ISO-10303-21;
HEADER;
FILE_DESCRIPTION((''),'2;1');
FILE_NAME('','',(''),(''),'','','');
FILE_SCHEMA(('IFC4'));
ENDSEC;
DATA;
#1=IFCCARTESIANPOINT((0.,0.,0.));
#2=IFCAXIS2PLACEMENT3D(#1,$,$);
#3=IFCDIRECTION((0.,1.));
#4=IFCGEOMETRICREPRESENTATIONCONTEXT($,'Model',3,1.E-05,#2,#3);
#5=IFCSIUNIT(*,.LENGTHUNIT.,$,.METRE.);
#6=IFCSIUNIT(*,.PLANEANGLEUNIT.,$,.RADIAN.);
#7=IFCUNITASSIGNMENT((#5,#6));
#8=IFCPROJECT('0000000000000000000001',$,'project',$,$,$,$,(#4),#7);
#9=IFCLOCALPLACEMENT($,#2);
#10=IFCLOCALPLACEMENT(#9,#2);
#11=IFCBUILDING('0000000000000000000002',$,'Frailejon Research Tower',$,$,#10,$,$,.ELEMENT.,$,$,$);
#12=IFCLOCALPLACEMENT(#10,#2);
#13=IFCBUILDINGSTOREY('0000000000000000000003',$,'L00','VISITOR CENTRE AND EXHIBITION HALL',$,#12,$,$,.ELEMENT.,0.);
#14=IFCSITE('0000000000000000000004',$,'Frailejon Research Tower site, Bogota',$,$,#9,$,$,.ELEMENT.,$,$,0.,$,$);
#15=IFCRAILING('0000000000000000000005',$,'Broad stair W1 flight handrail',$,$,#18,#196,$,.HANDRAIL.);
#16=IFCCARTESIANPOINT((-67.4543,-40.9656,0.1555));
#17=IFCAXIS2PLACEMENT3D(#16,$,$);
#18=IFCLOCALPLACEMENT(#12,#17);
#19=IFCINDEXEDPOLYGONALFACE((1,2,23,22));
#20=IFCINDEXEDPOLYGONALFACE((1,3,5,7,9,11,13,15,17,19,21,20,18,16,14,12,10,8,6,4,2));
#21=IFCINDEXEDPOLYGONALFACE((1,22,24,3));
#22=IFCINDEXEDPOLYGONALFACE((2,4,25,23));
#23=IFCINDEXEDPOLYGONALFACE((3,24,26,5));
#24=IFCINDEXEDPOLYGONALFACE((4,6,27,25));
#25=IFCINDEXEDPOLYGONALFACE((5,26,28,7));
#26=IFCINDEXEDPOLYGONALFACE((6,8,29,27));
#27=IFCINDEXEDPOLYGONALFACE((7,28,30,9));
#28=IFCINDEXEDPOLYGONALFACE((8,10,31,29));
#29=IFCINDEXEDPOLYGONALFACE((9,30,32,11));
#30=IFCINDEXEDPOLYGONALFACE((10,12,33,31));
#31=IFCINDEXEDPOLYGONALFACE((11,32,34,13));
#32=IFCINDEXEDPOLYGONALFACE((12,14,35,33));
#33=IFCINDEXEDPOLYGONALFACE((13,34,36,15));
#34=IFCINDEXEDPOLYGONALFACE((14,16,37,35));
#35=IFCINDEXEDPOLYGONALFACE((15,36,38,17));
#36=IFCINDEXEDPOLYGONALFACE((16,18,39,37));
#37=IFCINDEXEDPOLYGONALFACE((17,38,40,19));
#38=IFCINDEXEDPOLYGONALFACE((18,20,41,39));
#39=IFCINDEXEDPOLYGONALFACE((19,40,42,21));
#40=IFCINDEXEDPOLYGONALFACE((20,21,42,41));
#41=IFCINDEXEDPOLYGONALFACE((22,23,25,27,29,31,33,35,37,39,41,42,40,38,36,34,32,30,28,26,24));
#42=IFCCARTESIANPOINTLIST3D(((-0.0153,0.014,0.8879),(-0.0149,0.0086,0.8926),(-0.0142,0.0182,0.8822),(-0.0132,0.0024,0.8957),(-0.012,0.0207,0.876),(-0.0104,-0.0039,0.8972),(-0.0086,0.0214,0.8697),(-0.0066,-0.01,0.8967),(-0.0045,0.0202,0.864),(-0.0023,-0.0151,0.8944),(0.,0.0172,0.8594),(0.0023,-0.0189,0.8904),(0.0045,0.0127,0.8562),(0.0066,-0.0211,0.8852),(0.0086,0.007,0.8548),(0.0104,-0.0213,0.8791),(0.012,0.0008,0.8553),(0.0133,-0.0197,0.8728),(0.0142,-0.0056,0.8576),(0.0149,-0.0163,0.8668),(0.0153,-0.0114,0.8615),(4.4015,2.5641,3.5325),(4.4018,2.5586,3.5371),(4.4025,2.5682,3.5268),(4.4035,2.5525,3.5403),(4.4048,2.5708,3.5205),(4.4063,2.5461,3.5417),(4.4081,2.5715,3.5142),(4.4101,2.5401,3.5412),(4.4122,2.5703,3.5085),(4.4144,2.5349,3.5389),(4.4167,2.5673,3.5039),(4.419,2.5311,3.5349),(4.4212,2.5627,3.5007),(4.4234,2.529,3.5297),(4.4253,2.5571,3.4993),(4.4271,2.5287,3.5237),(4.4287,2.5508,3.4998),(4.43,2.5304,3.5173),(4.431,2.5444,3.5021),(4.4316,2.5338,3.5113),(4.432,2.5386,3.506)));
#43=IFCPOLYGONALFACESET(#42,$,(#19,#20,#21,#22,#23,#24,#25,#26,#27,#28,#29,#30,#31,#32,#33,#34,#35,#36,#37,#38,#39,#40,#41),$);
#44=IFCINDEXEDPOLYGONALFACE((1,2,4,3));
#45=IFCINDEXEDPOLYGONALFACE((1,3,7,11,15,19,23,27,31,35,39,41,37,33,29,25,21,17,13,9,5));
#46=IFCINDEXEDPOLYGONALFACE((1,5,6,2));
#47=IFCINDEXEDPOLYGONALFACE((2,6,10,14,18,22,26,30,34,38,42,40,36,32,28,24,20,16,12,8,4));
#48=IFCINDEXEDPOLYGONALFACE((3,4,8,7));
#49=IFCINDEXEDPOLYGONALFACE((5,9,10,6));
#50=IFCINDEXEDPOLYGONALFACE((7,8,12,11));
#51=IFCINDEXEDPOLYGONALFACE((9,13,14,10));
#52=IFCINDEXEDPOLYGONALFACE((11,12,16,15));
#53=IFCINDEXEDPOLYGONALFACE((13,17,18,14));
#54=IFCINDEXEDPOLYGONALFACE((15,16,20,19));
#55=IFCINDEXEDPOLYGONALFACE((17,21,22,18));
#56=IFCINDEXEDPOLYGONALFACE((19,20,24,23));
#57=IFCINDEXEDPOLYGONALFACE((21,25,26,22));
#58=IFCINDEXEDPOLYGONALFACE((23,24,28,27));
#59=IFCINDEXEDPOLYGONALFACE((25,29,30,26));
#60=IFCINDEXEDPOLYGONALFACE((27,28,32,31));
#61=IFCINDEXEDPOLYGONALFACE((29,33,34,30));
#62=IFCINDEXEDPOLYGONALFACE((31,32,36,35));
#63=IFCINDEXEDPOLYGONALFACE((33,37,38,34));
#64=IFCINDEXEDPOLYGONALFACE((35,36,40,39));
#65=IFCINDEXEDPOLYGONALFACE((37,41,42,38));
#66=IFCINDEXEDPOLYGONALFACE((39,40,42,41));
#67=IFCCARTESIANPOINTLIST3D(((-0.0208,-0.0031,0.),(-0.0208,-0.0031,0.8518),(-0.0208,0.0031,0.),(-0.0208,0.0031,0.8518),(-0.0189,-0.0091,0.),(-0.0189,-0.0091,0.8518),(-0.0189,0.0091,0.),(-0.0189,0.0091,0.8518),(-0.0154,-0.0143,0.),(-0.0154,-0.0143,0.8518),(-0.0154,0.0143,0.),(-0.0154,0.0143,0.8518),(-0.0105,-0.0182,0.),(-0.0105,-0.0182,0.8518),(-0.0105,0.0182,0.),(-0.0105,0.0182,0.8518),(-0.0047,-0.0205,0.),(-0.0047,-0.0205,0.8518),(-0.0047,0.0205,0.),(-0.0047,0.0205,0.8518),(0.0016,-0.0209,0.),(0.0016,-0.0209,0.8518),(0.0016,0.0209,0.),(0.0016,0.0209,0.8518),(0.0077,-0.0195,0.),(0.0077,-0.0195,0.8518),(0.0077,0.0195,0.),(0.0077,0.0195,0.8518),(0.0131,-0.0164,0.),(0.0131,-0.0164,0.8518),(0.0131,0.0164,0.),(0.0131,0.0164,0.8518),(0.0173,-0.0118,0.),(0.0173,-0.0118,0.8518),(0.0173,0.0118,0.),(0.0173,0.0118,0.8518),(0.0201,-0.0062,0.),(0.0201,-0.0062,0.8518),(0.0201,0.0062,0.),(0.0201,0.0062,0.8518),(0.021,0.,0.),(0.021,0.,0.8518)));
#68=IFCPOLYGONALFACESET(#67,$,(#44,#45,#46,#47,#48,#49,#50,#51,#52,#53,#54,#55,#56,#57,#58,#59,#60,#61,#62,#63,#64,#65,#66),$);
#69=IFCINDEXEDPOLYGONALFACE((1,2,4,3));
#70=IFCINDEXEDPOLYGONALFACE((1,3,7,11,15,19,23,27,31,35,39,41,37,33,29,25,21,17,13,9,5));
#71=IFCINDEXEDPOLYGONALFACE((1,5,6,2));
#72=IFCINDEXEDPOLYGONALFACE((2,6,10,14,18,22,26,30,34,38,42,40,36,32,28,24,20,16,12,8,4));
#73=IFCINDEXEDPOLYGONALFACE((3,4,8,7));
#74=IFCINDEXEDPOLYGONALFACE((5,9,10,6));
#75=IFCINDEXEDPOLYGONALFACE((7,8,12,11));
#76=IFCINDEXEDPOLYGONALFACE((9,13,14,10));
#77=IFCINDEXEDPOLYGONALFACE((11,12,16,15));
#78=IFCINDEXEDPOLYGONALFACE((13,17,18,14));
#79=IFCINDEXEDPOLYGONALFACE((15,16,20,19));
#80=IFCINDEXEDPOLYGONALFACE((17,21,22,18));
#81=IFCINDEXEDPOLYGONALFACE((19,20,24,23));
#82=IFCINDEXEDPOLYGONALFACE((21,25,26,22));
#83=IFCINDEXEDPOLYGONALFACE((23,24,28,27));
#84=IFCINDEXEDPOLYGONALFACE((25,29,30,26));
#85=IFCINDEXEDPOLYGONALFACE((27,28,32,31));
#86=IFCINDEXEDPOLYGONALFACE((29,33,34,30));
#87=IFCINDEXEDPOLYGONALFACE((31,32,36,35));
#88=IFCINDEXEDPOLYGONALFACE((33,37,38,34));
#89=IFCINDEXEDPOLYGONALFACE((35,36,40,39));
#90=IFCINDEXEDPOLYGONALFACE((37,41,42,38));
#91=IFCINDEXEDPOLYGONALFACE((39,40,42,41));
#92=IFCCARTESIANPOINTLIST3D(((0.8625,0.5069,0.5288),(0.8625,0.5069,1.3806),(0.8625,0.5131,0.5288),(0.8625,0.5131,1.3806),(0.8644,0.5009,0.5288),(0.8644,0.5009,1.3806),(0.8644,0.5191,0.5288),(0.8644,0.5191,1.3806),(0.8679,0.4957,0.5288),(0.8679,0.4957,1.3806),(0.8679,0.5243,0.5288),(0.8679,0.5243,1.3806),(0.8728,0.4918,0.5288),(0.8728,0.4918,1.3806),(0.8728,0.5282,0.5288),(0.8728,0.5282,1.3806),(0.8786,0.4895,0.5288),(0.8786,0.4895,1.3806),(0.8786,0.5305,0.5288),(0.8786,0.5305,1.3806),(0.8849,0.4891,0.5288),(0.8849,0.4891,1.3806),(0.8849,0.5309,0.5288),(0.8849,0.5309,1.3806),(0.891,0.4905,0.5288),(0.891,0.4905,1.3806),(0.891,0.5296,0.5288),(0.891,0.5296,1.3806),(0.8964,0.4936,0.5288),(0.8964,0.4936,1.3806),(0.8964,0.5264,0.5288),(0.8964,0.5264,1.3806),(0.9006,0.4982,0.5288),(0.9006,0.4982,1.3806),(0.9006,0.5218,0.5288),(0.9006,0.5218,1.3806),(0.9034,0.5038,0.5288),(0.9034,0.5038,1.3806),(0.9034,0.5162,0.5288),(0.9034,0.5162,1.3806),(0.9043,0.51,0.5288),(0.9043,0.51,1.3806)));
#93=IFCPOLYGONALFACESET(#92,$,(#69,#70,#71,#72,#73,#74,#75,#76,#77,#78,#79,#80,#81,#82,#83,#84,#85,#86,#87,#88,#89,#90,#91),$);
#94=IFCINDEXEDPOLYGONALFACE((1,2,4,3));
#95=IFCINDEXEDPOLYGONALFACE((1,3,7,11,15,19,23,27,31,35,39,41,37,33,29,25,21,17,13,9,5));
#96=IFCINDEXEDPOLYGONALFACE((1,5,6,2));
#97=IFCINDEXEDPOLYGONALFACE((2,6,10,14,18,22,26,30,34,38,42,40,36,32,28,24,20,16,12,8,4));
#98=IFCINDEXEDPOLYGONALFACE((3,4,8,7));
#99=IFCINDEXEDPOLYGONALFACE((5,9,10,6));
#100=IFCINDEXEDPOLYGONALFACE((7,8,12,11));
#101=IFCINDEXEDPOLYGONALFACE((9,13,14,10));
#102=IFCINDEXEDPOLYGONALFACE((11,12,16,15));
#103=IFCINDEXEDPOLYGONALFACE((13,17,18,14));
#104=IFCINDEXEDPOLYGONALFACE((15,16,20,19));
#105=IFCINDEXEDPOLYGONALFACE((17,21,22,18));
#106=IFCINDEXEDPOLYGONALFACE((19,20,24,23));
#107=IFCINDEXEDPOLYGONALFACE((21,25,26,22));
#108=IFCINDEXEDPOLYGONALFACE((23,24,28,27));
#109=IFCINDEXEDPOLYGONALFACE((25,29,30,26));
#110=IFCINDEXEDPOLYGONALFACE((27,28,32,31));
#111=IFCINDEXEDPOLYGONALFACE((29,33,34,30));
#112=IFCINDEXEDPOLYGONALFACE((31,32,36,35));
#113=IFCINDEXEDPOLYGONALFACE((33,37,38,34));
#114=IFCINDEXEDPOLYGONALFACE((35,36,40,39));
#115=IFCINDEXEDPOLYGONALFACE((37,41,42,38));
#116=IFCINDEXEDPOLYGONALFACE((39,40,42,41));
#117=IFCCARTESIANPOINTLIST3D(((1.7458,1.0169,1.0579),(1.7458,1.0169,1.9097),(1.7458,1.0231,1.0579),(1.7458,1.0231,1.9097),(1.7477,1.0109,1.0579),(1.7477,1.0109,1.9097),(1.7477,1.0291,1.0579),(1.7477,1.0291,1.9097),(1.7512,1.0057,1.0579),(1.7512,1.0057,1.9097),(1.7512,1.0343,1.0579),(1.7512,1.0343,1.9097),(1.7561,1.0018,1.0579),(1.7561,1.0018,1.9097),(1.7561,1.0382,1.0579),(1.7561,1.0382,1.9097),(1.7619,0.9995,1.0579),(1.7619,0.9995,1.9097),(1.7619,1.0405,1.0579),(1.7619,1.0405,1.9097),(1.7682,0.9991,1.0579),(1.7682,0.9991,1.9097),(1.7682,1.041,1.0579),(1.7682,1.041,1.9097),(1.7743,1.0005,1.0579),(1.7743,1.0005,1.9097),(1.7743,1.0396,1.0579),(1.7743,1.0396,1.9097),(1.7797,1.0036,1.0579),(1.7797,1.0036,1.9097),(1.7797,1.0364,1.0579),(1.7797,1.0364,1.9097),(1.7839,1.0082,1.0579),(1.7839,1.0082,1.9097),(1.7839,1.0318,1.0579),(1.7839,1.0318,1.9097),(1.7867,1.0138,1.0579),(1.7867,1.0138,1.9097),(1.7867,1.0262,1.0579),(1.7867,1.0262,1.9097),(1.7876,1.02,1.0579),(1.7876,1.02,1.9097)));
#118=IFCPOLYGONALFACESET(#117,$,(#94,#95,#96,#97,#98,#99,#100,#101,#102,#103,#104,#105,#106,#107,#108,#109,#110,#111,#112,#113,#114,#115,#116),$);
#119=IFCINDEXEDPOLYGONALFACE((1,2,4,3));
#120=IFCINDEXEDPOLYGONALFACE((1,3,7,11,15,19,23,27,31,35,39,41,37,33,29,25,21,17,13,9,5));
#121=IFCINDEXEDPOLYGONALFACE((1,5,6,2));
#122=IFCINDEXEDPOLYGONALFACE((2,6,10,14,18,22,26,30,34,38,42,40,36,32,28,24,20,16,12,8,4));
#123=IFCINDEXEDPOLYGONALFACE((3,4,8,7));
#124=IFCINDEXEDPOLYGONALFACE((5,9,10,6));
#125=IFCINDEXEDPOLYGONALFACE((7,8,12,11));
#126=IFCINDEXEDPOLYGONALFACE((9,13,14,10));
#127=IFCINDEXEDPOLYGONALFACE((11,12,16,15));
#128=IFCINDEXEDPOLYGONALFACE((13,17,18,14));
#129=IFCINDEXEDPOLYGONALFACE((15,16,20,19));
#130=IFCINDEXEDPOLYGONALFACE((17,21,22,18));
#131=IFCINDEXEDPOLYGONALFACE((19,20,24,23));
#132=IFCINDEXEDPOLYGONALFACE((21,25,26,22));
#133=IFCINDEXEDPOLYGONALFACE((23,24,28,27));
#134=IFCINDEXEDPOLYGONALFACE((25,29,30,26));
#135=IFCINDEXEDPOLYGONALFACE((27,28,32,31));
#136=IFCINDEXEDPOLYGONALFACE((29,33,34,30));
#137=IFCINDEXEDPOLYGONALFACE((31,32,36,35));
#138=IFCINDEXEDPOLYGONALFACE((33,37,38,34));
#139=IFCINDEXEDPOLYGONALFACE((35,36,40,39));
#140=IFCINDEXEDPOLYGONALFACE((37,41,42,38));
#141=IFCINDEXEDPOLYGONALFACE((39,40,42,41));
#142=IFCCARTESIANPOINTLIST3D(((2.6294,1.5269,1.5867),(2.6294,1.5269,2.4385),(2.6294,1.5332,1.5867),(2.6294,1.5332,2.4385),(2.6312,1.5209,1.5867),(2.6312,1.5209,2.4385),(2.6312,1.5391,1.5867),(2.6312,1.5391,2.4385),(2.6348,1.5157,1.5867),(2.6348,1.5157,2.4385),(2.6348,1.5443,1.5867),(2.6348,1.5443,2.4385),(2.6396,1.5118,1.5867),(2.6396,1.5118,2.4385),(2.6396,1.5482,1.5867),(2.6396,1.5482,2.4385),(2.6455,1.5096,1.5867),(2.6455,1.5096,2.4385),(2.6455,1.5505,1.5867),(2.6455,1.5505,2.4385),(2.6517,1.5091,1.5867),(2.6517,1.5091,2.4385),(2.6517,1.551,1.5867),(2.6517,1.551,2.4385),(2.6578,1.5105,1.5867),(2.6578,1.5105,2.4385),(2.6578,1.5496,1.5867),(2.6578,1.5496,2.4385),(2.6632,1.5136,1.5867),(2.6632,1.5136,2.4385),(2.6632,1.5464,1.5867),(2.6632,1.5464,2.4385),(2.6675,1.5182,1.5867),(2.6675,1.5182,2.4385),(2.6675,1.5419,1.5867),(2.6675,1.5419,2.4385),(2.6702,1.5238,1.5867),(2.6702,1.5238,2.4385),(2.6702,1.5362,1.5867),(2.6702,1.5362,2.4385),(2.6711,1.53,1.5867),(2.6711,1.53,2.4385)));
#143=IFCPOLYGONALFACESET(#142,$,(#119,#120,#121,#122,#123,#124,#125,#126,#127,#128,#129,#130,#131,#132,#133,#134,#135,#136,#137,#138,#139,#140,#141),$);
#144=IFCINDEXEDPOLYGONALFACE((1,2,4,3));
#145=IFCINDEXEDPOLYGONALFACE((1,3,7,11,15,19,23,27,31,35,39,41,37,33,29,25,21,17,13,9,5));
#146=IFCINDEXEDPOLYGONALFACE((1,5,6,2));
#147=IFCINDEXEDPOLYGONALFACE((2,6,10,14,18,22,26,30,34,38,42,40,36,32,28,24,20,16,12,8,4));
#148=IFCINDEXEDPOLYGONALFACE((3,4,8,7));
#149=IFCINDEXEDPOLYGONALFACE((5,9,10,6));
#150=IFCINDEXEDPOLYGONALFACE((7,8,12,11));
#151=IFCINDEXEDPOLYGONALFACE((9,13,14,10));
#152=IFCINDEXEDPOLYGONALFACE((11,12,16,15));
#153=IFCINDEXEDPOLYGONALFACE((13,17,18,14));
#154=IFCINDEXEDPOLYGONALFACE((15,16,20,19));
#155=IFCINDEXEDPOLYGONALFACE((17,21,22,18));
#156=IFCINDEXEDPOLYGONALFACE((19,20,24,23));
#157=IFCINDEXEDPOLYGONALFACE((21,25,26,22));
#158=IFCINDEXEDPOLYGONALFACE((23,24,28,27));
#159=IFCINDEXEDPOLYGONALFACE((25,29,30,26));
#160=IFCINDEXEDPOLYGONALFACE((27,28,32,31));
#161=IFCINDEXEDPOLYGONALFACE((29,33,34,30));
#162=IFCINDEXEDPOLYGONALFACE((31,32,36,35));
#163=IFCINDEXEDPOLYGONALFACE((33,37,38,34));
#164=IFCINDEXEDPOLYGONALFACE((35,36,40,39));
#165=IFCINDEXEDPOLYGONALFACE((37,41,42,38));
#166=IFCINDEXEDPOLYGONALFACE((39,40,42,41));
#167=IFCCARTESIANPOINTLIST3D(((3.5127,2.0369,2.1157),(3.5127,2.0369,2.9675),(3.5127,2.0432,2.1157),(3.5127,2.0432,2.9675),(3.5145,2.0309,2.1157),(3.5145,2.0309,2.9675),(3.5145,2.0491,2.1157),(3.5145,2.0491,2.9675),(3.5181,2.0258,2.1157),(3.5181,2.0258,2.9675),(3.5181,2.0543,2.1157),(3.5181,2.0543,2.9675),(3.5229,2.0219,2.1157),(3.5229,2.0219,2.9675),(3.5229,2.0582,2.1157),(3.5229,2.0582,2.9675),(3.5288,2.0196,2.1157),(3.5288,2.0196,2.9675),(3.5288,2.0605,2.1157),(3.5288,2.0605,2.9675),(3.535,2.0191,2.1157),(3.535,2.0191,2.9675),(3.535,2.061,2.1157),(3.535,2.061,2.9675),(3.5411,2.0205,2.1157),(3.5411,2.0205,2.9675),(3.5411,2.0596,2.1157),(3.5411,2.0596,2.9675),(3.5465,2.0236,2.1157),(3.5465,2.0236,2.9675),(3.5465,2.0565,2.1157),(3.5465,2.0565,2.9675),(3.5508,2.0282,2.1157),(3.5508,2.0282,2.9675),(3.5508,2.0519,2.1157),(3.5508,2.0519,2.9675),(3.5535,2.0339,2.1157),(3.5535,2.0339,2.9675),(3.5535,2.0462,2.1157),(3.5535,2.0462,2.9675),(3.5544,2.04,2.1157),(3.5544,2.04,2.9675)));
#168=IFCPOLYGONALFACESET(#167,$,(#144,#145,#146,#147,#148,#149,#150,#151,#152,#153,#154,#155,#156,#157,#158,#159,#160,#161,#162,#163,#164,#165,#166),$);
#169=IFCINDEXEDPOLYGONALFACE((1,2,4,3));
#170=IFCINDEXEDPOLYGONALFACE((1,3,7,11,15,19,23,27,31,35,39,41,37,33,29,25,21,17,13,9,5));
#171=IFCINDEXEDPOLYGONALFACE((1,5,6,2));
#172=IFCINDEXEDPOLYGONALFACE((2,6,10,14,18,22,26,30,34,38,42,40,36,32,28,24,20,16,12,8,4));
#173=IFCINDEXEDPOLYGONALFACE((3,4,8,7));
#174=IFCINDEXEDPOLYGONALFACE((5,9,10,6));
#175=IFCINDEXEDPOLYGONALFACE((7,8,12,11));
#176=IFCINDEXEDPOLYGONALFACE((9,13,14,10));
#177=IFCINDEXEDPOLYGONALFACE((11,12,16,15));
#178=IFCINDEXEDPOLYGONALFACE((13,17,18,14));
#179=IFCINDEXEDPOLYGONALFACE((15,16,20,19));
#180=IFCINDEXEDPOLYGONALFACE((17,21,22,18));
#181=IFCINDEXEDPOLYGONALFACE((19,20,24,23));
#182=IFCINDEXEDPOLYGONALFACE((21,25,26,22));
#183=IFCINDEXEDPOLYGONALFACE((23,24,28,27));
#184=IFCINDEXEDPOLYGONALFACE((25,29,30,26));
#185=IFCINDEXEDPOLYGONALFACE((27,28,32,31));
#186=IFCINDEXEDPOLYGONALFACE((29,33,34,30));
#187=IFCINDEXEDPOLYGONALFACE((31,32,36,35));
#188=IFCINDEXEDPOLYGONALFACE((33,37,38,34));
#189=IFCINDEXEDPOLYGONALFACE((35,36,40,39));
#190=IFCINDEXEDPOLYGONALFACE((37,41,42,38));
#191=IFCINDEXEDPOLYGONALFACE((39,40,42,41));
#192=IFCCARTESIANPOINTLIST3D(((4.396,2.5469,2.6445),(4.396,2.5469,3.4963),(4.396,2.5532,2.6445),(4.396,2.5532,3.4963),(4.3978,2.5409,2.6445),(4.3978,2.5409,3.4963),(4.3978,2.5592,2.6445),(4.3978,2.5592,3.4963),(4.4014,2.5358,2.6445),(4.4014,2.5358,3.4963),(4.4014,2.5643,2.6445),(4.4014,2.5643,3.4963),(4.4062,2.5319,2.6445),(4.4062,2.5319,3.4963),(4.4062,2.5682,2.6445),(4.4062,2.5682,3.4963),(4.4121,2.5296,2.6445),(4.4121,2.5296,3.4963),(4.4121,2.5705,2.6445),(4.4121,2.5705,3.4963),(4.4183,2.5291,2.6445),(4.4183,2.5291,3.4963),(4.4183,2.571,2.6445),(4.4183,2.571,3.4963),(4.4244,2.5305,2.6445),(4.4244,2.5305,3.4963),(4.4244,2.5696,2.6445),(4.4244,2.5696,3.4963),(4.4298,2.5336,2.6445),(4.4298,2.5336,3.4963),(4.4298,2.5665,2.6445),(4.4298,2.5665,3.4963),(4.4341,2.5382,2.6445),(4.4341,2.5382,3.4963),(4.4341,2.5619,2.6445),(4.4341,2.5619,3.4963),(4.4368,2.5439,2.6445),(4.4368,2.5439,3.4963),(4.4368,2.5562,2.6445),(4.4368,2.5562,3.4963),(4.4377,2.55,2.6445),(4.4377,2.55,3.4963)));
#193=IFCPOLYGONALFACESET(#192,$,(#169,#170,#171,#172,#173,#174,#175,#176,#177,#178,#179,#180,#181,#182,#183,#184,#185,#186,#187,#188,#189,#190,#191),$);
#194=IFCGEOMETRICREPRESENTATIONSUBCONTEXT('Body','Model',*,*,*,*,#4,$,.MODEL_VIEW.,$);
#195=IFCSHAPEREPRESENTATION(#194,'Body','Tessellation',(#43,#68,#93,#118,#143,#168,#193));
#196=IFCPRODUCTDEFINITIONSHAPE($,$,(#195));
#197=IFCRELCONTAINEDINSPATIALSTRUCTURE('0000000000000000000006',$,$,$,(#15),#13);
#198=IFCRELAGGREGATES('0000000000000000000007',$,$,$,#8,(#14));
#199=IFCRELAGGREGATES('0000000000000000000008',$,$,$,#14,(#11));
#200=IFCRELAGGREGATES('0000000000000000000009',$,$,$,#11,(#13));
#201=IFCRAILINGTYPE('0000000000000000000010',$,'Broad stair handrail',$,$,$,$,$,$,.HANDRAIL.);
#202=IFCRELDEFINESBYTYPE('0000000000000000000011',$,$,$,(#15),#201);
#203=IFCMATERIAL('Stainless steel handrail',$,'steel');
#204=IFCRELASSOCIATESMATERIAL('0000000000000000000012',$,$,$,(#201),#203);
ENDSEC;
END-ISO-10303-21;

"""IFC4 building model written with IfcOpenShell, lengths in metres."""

from ifc_helpers import new_model, si_unit, direction, frame, origin, origin_2d, place, context, subcontext, project, spatial, circle, extrude, material, type_object, element, save


model = new_model("IFC4")

# Units and contexts
model_context = context("Model", 3, precision=1e-05, world=origin(), true_north=direction((0.0, 1.0)))
body_context = subcontext(model_context, "Body", "Model", "MODEL_VIEW")
ifc_project = project(units=[si_unit("LENGTHUNIT", "METRE"), si_unit("PLANEANGLEUNIT", "RADIAN")], contexts=[model_context])

# Site, building, storey
site_placement = place(None, origin())
site = spatial("IfcSite", under=ifc_project, at=site_placement, Name="Frailejon Research Tower site, Bogota", CompositionType="ELEMENT", RefElevation=0.0)
building_placement = place(site_placement, origin())
building = spatial("IfcBuilding", under=site, at=building_placement, Name="Frailejon Research Tower", CompositionType="ELEMENT")
storey_placement = place(building_placement, origin())
storey = spatial("IfcBuildingStorey", under=building, at=storey_placement, Name="L00", Description="VISITOR CENTRE AND EXHIBITION HALL", CompositionType="ELEMENT", Elevation=0.0)

# Railing
ifc_material_1 = material(Name="Stainless steel handrail", Category="steel")
railing_type_1 = type_object("IfcRailingType", Name="Broad stair handrail", PredefinedType="HANDRAIL", material=ifc_material_1)
for number, where, name in (
    (1, (-67.4543, -40.9656, 0.1555), "Broad stair W1 flight handrail"),
):
    element("IfcRailing", number, at=place(storey_placement, frame(where)), inside=storey, type_object=railing_type_1, Name=name, PredefinedType="HANDRAIL", context=body_context, shape_type="SweptSolid", body=[
        extrude(circle(Radius=0.0239, at=origin_2d()), frame((0.0, 0.0, 0.876), z_axis=(0.768811, 0.44388, 0.460326), x_axis=(-0.500006, 0.866022, 0.0)), (0.0, 0.0, 1.0), 5.7449),
        extrude(circle(Radius=0.021, at=origin_2d()), origin(), (0.0, 0.0, 1.0), 0.8518),
        extrude(circle(Radius=0.021, at=origin_2d()), frame((0.8833, 0.51, 0.5288)), (0.0, 0.0, 1.0), 0.8518),
        extrude(circle(Radius=0.021, at=origin_2d()), frame((1.7666, 1.02, 1.0579)), (0.0, 0.0, 1.0), 0.8518),
        extrude(circle(Radius=0.021, at=origin_2d()), frame((2.6501, 1.53, 1.5867)), (0.0, 0.0, 1.0), 0.8518),
        extrude(circle(Radius=0.021, at=origin_2d()), frame((3.5334, 2.04, 2.1157)), (0.0, 0.0, 1.0), 0.8518),
        extrude(circle(Radius=0.021, at=origin_2d()), frame((4.4167, 2.55, 2.6445)), (0.0, 0.0, 1.0), 0.8518),
    ])

save(model, "model.ifc")
